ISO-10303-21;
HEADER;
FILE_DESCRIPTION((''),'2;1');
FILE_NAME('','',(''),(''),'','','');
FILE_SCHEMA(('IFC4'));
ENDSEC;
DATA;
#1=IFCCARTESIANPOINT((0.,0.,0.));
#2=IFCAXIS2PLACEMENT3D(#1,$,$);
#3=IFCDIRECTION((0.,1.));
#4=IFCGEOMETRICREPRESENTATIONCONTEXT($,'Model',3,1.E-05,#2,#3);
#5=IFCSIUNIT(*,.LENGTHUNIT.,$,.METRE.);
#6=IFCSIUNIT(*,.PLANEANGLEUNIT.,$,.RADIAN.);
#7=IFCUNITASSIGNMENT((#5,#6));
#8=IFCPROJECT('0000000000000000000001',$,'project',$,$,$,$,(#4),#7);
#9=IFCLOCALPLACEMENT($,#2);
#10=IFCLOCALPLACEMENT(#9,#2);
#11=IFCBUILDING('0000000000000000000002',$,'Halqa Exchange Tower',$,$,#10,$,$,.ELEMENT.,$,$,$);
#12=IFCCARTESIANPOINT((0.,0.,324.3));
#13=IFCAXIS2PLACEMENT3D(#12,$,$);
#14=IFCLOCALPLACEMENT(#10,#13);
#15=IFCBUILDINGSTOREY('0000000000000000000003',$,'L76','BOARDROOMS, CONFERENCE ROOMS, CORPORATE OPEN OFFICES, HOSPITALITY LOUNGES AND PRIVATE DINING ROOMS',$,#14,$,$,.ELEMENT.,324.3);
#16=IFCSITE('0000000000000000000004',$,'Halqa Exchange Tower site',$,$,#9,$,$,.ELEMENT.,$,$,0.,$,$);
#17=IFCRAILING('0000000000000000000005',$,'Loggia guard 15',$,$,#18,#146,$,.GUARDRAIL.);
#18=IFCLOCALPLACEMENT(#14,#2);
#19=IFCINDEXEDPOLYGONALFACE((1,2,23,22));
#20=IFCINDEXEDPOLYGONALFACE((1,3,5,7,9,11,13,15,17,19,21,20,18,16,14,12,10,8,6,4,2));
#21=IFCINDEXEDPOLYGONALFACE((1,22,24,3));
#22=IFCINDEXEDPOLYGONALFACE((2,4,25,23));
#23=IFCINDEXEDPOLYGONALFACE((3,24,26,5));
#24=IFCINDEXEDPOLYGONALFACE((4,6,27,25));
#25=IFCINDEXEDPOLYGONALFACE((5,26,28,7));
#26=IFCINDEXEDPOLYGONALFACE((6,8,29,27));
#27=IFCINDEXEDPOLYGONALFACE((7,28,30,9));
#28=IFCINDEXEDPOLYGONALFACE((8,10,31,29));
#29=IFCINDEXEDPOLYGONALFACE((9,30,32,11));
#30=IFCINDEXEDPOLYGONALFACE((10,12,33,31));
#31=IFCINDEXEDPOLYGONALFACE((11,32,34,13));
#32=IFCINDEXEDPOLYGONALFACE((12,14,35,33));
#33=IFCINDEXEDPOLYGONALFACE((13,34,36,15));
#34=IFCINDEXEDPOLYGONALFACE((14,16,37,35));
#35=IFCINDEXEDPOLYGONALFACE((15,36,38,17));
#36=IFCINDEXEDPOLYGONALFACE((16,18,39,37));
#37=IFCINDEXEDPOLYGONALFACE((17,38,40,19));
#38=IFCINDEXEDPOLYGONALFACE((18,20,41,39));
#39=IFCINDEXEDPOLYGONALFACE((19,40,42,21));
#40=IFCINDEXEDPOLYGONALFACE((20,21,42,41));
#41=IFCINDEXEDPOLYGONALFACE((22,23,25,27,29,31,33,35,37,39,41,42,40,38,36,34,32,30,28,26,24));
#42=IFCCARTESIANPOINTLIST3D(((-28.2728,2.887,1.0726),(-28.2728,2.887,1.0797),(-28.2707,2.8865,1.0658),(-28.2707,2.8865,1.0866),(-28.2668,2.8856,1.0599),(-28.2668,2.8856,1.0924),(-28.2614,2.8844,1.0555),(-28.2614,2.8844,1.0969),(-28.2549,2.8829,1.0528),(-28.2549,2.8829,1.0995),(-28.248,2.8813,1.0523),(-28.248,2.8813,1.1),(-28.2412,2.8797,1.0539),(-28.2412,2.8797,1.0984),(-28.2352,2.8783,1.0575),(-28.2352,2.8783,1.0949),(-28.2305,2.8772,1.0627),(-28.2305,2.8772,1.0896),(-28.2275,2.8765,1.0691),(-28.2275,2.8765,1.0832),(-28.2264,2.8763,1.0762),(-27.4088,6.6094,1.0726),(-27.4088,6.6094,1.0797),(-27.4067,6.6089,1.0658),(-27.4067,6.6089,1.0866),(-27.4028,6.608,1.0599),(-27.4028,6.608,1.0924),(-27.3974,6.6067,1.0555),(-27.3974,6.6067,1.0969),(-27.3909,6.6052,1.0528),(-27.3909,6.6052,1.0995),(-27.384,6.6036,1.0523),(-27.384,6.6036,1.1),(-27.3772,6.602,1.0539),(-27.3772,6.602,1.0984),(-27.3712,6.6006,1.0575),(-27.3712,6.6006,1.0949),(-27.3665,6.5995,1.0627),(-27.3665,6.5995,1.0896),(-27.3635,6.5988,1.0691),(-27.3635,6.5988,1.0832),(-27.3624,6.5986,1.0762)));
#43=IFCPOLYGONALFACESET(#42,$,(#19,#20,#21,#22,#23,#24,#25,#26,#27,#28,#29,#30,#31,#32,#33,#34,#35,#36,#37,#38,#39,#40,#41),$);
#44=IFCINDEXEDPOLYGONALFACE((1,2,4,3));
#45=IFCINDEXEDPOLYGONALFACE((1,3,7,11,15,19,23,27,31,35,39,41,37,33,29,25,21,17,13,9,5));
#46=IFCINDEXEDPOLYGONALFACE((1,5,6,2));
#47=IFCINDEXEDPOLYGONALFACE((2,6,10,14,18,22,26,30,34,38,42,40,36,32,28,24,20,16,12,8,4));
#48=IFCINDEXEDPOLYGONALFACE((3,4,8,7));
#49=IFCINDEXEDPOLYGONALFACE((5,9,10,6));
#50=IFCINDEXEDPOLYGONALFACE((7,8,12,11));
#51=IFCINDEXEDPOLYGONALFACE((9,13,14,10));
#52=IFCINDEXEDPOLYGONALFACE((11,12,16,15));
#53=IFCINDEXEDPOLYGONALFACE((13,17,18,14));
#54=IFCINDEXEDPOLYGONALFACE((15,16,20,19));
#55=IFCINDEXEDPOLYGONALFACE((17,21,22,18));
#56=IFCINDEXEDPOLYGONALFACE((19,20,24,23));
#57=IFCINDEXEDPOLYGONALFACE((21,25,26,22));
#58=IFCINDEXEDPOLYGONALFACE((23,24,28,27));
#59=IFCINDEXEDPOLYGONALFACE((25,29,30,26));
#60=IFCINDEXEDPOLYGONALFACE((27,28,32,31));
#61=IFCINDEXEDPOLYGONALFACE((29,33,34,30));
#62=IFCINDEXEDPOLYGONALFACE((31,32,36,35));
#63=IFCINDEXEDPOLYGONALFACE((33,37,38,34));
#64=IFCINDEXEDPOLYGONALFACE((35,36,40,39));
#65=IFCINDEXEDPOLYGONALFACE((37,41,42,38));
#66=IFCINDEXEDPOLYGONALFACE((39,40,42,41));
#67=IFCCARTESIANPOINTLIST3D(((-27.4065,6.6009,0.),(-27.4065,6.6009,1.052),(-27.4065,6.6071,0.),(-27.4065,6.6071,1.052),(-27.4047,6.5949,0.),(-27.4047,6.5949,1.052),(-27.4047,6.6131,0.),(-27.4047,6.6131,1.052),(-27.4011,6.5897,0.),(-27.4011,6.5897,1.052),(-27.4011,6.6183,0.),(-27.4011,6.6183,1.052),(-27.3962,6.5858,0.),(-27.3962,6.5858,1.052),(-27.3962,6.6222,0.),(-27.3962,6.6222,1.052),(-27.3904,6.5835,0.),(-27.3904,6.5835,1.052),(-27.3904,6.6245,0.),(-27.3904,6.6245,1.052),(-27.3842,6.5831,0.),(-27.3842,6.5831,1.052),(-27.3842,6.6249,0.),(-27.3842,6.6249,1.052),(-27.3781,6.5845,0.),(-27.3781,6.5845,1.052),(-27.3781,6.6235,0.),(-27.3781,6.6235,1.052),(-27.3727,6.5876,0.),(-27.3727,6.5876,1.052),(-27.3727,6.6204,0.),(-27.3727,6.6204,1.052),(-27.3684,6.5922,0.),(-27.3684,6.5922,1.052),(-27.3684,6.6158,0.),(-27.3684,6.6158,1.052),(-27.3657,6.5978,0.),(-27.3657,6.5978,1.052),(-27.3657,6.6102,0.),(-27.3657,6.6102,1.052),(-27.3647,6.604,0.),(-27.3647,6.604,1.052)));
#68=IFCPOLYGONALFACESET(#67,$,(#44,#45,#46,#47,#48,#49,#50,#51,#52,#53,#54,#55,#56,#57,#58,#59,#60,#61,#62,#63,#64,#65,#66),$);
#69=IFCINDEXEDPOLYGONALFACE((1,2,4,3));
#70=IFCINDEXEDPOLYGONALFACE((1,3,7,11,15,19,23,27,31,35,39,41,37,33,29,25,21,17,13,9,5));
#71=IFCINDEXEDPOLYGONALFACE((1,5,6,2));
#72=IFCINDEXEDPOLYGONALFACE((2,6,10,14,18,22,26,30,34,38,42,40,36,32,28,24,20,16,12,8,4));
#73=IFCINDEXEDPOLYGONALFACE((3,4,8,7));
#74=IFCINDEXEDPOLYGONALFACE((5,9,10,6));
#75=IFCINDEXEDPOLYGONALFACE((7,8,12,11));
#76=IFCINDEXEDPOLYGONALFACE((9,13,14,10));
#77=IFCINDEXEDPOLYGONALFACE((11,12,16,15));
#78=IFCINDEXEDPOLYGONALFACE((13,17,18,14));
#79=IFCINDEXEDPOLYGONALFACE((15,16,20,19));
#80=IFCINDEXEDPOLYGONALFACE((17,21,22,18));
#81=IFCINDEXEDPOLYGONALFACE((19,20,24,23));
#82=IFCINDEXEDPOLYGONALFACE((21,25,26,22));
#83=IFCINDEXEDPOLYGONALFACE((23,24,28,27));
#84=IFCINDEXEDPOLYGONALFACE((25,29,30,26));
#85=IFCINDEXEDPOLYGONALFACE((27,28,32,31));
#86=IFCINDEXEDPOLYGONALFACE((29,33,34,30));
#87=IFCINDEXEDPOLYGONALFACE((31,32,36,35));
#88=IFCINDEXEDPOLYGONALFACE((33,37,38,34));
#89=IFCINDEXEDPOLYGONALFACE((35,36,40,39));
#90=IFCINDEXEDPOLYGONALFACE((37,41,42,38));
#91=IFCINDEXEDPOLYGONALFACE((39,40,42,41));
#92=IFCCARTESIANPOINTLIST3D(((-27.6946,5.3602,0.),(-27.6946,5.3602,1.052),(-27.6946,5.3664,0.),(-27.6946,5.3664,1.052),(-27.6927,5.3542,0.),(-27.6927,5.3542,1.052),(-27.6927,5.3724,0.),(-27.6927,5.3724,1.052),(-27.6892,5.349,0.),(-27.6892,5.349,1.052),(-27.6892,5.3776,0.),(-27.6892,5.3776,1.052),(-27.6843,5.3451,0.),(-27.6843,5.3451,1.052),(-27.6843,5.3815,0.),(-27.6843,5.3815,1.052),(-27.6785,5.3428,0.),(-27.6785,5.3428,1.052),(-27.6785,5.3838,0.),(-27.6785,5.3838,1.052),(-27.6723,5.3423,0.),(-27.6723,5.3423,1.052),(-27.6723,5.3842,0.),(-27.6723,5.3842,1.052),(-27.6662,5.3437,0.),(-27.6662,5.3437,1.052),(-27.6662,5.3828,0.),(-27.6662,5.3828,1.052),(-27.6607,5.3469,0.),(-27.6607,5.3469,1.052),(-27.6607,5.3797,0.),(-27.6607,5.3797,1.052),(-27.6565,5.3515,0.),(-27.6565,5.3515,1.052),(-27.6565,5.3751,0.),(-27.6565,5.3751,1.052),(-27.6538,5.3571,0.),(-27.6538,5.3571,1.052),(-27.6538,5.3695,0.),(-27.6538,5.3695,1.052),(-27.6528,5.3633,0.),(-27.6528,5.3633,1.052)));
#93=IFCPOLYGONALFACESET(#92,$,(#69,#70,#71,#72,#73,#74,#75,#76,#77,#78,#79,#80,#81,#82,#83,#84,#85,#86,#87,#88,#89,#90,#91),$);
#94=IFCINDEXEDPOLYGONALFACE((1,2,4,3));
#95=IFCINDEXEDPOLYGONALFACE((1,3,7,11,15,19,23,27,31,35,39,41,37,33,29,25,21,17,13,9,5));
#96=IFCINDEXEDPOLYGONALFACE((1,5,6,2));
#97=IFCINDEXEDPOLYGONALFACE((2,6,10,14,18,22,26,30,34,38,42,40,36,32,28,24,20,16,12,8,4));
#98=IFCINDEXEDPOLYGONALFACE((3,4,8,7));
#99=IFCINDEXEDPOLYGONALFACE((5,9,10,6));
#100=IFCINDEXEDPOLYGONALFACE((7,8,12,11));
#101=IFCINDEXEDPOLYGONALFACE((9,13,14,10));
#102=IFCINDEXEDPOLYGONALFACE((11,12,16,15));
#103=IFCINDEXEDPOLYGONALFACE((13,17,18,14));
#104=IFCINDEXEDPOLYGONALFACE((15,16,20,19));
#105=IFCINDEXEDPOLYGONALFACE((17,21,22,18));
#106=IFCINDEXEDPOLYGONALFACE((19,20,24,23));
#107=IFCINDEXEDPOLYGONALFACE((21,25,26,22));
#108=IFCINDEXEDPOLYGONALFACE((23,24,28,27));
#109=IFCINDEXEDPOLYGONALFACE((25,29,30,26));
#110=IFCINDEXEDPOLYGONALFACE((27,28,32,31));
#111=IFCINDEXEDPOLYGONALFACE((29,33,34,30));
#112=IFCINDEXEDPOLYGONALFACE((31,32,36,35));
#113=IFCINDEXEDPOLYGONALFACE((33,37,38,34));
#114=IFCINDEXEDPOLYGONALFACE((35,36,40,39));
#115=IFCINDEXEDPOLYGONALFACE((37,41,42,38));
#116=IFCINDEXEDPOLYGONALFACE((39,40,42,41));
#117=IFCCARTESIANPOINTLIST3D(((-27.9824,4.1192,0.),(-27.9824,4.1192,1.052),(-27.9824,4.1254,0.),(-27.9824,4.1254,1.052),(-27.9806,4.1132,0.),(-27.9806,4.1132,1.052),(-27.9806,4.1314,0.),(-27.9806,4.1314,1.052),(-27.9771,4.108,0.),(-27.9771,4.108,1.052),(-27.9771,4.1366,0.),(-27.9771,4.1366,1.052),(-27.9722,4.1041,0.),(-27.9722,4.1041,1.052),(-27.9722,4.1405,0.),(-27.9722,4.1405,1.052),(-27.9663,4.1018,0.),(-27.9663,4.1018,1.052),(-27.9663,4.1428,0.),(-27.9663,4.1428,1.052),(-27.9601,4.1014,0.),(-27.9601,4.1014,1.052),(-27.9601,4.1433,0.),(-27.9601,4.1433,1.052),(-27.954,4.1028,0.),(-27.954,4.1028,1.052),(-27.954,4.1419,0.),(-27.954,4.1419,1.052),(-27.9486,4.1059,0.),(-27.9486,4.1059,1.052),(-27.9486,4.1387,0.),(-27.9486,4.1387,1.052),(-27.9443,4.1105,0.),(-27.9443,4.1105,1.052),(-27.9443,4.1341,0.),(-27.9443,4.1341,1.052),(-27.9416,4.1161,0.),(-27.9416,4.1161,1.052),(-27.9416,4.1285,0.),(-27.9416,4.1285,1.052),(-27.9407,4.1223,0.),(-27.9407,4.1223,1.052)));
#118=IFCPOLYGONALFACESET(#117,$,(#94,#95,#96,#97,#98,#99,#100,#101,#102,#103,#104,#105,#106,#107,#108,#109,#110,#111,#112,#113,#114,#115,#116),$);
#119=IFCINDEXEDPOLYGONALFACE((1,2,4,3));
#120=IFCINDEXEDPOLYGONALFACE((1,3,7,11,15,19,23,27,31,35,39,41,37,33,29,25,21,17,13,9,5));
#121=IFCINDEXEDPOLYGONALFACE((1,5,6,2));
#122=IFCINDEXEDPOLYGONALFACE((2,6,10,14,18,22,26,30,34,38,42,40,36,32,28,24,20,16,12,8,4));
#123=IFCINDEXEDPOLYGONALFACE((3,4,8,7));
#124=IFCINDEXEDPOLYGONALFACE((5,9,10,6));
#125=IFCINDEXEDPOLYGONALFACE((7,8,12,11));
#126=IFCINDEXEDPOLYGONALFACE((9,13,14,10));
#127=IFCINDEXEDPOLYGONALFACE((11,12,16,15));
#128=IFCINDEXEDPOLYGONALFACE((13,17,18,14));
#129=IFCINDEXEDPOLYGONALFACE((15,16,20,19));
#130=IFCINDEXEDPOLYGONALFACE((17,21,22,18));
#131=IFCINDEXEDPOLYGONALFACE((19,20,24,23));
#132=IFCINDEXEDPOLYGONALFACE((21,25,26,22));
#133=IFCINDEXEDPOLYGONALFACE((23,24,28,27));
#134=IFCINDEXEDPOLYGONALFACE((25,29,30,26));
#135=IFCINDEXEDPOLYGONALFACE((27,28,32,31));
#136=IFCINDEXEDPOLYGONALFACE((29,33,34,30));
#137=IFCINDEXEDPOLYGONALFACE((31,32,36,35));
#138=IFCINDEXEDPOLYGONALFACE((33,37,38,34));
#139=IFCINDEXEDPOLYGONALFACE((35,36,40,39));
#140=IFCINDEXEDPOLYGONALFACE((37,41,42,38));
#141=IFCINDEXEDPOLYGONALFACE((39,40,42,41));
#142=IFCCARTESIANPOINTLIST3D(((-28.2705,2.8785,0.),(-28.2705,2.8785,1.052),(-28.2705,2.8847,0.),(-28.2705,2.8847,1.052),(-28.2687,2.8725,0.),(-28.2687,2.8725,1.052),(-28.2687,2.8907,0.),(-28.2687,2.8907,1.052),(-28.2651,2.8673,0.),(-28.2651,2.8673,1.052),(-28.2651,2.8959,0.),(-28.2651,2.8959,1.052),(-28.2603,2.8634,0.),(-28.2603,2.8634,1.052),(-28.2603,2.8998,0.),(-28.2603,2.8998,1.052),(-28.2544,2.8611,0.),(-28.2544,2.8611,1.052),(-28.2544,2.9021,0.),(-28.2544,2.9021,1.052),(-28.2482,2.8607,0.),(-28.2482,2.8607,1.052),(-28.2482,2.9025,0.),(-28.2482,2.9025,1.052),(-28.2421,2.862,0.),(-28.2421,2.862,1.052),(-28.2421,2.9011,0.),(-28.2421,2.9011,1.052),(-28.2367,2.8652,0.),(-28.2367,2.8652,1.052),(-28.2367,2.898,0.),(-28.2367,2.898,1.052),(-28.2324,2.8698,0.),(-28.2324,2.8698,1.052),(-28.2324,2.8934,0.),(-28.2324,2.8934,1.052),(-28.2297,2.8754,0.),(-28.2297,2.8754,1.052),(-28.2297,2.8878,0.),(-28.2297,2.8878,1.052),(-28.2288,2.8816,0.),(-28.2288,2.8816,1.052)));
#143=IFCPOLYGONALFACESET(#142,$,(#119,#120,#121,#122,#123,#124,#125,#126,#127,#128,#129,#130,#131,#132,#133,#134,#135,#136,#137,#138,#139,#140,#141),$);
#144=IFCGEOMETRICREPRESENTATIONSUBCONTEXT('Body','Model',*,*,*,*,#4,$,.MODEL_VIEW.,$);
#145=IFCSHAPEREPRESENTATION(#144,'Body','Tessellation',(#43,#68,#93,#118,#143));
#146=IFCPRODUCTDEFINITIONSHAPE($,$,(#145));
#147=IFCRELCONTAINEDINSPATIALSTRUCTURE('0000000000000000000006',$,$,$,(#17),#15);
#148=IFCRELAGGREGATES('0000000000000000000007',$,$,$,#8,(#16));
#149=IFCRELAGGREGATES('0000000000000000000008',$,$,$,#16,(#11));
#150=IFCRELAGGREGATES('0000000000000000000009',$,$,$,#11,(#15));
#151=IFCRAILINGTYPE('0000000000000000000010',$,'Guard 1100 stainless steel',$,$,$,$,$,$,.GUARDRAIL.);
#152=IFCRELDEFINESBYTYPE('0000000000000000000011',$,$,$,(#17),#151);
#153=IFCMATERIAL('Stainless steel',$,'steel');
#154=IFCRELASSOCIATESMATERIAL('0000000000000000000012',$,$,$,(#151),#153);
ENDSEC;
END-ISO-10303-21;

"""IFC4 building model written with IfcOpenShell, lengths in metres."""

from ifc_helpers import new_model, si_unit, direction, frame, origin, origin_2d, place, context, subcontext, project, spatial, circle, extrude, material, type_object, element, save


model = new_model("IFC4")

# Units and contexts
model_context = context("Model", 3, precision=1e-05, world=origin(), true_north=direction((0.0, 1.0)))
body_context = subcontext(model_context, "Body", "Model", "MODEL_VIEW")
ifc_project = project(units=[si_unit("LENGTHUNIT", "METRE"), si_unit("PLANEANGLEUNIT", "RADIAN")], contexts=[model_context])

# Site, building, storey
site_placement = place(None, origin())
site = spatial("IfcSite", under=ifc_project, at=site_placement, Name="Halqa Exchange Tower site", CompositionType="ELEMENT", RefElevation=0.0)
building_placement = place(site_placement, origin())
building = spatial("IfcBuilding", under=site, at=building_placement, Name="Halqa Exchange Tower", CompositionType="ELEMENT")
storey_placement = place(building_placement, frame((0.0, 0.0, 324.3)))
storey = spatial("IfcBuildingStorey", under=building, at=storey_placement, Name="L76", Description="BOARDROOMS, CONFERENCE ROOMS, CORPORATE OPEN OFFICES, HOSPITALITY LOUNGES AND PRIVATE DINING ROOMS", CompositionType="ELEMENT", Elevation=324.3)

# Railing
ifc_material_1 = material(Name="Stainless steel", Category="steel")
railing_type = type_object("IfcRailingType", Name="Guard 1100 stainless steel", PredefinedType="GUARDRAIL", material=ifc_material_1)
railing_1_placement = place(storey_placement, frame((-27.3857, 6.604, 0.0)))
element("IfcRailing", 1, at=railing_1_placement, inside=storey, type_object=railing_type, Name="Loggia guard 15", PredefinedType="GUARDRAIL", context=body_context, shape_type="SweptSolid", body=[
    extrude(circle(Radius=0.0239, at=origin_2d()), frame((0.0, 0.0, 1.0762), z_axis=(-0.2261, -0.974104, 0.0), x_axis=(0.974104, -0.2261, 0.0)), (0.0, 0.0, 1.0), 3.8213),
    extrude(circle(Radius=0.021, at=origin_2d()), origin(), (0.0, 0.0, 1.0), 1.052),
    extrude(circle(Radius=0.021, at=origin_2d()), frame((-0.2881, -1.2407, 0.0)), (0.0, 0.0, 1.0), 1.052),
    extrude(circle(Radius=0.021, at=origin_2d()), frame((-0.5759, -2.4817, 0.0)), (0.0, 0.0, 1.0), 1.052),
    extrude(circle(Radius=0.021, at=origin_2d()), frame((-0.864, -3.7224, 0.0)), (0.0, 0.0, 1.0), 1.052),
])

save(model, "model.ifc")
